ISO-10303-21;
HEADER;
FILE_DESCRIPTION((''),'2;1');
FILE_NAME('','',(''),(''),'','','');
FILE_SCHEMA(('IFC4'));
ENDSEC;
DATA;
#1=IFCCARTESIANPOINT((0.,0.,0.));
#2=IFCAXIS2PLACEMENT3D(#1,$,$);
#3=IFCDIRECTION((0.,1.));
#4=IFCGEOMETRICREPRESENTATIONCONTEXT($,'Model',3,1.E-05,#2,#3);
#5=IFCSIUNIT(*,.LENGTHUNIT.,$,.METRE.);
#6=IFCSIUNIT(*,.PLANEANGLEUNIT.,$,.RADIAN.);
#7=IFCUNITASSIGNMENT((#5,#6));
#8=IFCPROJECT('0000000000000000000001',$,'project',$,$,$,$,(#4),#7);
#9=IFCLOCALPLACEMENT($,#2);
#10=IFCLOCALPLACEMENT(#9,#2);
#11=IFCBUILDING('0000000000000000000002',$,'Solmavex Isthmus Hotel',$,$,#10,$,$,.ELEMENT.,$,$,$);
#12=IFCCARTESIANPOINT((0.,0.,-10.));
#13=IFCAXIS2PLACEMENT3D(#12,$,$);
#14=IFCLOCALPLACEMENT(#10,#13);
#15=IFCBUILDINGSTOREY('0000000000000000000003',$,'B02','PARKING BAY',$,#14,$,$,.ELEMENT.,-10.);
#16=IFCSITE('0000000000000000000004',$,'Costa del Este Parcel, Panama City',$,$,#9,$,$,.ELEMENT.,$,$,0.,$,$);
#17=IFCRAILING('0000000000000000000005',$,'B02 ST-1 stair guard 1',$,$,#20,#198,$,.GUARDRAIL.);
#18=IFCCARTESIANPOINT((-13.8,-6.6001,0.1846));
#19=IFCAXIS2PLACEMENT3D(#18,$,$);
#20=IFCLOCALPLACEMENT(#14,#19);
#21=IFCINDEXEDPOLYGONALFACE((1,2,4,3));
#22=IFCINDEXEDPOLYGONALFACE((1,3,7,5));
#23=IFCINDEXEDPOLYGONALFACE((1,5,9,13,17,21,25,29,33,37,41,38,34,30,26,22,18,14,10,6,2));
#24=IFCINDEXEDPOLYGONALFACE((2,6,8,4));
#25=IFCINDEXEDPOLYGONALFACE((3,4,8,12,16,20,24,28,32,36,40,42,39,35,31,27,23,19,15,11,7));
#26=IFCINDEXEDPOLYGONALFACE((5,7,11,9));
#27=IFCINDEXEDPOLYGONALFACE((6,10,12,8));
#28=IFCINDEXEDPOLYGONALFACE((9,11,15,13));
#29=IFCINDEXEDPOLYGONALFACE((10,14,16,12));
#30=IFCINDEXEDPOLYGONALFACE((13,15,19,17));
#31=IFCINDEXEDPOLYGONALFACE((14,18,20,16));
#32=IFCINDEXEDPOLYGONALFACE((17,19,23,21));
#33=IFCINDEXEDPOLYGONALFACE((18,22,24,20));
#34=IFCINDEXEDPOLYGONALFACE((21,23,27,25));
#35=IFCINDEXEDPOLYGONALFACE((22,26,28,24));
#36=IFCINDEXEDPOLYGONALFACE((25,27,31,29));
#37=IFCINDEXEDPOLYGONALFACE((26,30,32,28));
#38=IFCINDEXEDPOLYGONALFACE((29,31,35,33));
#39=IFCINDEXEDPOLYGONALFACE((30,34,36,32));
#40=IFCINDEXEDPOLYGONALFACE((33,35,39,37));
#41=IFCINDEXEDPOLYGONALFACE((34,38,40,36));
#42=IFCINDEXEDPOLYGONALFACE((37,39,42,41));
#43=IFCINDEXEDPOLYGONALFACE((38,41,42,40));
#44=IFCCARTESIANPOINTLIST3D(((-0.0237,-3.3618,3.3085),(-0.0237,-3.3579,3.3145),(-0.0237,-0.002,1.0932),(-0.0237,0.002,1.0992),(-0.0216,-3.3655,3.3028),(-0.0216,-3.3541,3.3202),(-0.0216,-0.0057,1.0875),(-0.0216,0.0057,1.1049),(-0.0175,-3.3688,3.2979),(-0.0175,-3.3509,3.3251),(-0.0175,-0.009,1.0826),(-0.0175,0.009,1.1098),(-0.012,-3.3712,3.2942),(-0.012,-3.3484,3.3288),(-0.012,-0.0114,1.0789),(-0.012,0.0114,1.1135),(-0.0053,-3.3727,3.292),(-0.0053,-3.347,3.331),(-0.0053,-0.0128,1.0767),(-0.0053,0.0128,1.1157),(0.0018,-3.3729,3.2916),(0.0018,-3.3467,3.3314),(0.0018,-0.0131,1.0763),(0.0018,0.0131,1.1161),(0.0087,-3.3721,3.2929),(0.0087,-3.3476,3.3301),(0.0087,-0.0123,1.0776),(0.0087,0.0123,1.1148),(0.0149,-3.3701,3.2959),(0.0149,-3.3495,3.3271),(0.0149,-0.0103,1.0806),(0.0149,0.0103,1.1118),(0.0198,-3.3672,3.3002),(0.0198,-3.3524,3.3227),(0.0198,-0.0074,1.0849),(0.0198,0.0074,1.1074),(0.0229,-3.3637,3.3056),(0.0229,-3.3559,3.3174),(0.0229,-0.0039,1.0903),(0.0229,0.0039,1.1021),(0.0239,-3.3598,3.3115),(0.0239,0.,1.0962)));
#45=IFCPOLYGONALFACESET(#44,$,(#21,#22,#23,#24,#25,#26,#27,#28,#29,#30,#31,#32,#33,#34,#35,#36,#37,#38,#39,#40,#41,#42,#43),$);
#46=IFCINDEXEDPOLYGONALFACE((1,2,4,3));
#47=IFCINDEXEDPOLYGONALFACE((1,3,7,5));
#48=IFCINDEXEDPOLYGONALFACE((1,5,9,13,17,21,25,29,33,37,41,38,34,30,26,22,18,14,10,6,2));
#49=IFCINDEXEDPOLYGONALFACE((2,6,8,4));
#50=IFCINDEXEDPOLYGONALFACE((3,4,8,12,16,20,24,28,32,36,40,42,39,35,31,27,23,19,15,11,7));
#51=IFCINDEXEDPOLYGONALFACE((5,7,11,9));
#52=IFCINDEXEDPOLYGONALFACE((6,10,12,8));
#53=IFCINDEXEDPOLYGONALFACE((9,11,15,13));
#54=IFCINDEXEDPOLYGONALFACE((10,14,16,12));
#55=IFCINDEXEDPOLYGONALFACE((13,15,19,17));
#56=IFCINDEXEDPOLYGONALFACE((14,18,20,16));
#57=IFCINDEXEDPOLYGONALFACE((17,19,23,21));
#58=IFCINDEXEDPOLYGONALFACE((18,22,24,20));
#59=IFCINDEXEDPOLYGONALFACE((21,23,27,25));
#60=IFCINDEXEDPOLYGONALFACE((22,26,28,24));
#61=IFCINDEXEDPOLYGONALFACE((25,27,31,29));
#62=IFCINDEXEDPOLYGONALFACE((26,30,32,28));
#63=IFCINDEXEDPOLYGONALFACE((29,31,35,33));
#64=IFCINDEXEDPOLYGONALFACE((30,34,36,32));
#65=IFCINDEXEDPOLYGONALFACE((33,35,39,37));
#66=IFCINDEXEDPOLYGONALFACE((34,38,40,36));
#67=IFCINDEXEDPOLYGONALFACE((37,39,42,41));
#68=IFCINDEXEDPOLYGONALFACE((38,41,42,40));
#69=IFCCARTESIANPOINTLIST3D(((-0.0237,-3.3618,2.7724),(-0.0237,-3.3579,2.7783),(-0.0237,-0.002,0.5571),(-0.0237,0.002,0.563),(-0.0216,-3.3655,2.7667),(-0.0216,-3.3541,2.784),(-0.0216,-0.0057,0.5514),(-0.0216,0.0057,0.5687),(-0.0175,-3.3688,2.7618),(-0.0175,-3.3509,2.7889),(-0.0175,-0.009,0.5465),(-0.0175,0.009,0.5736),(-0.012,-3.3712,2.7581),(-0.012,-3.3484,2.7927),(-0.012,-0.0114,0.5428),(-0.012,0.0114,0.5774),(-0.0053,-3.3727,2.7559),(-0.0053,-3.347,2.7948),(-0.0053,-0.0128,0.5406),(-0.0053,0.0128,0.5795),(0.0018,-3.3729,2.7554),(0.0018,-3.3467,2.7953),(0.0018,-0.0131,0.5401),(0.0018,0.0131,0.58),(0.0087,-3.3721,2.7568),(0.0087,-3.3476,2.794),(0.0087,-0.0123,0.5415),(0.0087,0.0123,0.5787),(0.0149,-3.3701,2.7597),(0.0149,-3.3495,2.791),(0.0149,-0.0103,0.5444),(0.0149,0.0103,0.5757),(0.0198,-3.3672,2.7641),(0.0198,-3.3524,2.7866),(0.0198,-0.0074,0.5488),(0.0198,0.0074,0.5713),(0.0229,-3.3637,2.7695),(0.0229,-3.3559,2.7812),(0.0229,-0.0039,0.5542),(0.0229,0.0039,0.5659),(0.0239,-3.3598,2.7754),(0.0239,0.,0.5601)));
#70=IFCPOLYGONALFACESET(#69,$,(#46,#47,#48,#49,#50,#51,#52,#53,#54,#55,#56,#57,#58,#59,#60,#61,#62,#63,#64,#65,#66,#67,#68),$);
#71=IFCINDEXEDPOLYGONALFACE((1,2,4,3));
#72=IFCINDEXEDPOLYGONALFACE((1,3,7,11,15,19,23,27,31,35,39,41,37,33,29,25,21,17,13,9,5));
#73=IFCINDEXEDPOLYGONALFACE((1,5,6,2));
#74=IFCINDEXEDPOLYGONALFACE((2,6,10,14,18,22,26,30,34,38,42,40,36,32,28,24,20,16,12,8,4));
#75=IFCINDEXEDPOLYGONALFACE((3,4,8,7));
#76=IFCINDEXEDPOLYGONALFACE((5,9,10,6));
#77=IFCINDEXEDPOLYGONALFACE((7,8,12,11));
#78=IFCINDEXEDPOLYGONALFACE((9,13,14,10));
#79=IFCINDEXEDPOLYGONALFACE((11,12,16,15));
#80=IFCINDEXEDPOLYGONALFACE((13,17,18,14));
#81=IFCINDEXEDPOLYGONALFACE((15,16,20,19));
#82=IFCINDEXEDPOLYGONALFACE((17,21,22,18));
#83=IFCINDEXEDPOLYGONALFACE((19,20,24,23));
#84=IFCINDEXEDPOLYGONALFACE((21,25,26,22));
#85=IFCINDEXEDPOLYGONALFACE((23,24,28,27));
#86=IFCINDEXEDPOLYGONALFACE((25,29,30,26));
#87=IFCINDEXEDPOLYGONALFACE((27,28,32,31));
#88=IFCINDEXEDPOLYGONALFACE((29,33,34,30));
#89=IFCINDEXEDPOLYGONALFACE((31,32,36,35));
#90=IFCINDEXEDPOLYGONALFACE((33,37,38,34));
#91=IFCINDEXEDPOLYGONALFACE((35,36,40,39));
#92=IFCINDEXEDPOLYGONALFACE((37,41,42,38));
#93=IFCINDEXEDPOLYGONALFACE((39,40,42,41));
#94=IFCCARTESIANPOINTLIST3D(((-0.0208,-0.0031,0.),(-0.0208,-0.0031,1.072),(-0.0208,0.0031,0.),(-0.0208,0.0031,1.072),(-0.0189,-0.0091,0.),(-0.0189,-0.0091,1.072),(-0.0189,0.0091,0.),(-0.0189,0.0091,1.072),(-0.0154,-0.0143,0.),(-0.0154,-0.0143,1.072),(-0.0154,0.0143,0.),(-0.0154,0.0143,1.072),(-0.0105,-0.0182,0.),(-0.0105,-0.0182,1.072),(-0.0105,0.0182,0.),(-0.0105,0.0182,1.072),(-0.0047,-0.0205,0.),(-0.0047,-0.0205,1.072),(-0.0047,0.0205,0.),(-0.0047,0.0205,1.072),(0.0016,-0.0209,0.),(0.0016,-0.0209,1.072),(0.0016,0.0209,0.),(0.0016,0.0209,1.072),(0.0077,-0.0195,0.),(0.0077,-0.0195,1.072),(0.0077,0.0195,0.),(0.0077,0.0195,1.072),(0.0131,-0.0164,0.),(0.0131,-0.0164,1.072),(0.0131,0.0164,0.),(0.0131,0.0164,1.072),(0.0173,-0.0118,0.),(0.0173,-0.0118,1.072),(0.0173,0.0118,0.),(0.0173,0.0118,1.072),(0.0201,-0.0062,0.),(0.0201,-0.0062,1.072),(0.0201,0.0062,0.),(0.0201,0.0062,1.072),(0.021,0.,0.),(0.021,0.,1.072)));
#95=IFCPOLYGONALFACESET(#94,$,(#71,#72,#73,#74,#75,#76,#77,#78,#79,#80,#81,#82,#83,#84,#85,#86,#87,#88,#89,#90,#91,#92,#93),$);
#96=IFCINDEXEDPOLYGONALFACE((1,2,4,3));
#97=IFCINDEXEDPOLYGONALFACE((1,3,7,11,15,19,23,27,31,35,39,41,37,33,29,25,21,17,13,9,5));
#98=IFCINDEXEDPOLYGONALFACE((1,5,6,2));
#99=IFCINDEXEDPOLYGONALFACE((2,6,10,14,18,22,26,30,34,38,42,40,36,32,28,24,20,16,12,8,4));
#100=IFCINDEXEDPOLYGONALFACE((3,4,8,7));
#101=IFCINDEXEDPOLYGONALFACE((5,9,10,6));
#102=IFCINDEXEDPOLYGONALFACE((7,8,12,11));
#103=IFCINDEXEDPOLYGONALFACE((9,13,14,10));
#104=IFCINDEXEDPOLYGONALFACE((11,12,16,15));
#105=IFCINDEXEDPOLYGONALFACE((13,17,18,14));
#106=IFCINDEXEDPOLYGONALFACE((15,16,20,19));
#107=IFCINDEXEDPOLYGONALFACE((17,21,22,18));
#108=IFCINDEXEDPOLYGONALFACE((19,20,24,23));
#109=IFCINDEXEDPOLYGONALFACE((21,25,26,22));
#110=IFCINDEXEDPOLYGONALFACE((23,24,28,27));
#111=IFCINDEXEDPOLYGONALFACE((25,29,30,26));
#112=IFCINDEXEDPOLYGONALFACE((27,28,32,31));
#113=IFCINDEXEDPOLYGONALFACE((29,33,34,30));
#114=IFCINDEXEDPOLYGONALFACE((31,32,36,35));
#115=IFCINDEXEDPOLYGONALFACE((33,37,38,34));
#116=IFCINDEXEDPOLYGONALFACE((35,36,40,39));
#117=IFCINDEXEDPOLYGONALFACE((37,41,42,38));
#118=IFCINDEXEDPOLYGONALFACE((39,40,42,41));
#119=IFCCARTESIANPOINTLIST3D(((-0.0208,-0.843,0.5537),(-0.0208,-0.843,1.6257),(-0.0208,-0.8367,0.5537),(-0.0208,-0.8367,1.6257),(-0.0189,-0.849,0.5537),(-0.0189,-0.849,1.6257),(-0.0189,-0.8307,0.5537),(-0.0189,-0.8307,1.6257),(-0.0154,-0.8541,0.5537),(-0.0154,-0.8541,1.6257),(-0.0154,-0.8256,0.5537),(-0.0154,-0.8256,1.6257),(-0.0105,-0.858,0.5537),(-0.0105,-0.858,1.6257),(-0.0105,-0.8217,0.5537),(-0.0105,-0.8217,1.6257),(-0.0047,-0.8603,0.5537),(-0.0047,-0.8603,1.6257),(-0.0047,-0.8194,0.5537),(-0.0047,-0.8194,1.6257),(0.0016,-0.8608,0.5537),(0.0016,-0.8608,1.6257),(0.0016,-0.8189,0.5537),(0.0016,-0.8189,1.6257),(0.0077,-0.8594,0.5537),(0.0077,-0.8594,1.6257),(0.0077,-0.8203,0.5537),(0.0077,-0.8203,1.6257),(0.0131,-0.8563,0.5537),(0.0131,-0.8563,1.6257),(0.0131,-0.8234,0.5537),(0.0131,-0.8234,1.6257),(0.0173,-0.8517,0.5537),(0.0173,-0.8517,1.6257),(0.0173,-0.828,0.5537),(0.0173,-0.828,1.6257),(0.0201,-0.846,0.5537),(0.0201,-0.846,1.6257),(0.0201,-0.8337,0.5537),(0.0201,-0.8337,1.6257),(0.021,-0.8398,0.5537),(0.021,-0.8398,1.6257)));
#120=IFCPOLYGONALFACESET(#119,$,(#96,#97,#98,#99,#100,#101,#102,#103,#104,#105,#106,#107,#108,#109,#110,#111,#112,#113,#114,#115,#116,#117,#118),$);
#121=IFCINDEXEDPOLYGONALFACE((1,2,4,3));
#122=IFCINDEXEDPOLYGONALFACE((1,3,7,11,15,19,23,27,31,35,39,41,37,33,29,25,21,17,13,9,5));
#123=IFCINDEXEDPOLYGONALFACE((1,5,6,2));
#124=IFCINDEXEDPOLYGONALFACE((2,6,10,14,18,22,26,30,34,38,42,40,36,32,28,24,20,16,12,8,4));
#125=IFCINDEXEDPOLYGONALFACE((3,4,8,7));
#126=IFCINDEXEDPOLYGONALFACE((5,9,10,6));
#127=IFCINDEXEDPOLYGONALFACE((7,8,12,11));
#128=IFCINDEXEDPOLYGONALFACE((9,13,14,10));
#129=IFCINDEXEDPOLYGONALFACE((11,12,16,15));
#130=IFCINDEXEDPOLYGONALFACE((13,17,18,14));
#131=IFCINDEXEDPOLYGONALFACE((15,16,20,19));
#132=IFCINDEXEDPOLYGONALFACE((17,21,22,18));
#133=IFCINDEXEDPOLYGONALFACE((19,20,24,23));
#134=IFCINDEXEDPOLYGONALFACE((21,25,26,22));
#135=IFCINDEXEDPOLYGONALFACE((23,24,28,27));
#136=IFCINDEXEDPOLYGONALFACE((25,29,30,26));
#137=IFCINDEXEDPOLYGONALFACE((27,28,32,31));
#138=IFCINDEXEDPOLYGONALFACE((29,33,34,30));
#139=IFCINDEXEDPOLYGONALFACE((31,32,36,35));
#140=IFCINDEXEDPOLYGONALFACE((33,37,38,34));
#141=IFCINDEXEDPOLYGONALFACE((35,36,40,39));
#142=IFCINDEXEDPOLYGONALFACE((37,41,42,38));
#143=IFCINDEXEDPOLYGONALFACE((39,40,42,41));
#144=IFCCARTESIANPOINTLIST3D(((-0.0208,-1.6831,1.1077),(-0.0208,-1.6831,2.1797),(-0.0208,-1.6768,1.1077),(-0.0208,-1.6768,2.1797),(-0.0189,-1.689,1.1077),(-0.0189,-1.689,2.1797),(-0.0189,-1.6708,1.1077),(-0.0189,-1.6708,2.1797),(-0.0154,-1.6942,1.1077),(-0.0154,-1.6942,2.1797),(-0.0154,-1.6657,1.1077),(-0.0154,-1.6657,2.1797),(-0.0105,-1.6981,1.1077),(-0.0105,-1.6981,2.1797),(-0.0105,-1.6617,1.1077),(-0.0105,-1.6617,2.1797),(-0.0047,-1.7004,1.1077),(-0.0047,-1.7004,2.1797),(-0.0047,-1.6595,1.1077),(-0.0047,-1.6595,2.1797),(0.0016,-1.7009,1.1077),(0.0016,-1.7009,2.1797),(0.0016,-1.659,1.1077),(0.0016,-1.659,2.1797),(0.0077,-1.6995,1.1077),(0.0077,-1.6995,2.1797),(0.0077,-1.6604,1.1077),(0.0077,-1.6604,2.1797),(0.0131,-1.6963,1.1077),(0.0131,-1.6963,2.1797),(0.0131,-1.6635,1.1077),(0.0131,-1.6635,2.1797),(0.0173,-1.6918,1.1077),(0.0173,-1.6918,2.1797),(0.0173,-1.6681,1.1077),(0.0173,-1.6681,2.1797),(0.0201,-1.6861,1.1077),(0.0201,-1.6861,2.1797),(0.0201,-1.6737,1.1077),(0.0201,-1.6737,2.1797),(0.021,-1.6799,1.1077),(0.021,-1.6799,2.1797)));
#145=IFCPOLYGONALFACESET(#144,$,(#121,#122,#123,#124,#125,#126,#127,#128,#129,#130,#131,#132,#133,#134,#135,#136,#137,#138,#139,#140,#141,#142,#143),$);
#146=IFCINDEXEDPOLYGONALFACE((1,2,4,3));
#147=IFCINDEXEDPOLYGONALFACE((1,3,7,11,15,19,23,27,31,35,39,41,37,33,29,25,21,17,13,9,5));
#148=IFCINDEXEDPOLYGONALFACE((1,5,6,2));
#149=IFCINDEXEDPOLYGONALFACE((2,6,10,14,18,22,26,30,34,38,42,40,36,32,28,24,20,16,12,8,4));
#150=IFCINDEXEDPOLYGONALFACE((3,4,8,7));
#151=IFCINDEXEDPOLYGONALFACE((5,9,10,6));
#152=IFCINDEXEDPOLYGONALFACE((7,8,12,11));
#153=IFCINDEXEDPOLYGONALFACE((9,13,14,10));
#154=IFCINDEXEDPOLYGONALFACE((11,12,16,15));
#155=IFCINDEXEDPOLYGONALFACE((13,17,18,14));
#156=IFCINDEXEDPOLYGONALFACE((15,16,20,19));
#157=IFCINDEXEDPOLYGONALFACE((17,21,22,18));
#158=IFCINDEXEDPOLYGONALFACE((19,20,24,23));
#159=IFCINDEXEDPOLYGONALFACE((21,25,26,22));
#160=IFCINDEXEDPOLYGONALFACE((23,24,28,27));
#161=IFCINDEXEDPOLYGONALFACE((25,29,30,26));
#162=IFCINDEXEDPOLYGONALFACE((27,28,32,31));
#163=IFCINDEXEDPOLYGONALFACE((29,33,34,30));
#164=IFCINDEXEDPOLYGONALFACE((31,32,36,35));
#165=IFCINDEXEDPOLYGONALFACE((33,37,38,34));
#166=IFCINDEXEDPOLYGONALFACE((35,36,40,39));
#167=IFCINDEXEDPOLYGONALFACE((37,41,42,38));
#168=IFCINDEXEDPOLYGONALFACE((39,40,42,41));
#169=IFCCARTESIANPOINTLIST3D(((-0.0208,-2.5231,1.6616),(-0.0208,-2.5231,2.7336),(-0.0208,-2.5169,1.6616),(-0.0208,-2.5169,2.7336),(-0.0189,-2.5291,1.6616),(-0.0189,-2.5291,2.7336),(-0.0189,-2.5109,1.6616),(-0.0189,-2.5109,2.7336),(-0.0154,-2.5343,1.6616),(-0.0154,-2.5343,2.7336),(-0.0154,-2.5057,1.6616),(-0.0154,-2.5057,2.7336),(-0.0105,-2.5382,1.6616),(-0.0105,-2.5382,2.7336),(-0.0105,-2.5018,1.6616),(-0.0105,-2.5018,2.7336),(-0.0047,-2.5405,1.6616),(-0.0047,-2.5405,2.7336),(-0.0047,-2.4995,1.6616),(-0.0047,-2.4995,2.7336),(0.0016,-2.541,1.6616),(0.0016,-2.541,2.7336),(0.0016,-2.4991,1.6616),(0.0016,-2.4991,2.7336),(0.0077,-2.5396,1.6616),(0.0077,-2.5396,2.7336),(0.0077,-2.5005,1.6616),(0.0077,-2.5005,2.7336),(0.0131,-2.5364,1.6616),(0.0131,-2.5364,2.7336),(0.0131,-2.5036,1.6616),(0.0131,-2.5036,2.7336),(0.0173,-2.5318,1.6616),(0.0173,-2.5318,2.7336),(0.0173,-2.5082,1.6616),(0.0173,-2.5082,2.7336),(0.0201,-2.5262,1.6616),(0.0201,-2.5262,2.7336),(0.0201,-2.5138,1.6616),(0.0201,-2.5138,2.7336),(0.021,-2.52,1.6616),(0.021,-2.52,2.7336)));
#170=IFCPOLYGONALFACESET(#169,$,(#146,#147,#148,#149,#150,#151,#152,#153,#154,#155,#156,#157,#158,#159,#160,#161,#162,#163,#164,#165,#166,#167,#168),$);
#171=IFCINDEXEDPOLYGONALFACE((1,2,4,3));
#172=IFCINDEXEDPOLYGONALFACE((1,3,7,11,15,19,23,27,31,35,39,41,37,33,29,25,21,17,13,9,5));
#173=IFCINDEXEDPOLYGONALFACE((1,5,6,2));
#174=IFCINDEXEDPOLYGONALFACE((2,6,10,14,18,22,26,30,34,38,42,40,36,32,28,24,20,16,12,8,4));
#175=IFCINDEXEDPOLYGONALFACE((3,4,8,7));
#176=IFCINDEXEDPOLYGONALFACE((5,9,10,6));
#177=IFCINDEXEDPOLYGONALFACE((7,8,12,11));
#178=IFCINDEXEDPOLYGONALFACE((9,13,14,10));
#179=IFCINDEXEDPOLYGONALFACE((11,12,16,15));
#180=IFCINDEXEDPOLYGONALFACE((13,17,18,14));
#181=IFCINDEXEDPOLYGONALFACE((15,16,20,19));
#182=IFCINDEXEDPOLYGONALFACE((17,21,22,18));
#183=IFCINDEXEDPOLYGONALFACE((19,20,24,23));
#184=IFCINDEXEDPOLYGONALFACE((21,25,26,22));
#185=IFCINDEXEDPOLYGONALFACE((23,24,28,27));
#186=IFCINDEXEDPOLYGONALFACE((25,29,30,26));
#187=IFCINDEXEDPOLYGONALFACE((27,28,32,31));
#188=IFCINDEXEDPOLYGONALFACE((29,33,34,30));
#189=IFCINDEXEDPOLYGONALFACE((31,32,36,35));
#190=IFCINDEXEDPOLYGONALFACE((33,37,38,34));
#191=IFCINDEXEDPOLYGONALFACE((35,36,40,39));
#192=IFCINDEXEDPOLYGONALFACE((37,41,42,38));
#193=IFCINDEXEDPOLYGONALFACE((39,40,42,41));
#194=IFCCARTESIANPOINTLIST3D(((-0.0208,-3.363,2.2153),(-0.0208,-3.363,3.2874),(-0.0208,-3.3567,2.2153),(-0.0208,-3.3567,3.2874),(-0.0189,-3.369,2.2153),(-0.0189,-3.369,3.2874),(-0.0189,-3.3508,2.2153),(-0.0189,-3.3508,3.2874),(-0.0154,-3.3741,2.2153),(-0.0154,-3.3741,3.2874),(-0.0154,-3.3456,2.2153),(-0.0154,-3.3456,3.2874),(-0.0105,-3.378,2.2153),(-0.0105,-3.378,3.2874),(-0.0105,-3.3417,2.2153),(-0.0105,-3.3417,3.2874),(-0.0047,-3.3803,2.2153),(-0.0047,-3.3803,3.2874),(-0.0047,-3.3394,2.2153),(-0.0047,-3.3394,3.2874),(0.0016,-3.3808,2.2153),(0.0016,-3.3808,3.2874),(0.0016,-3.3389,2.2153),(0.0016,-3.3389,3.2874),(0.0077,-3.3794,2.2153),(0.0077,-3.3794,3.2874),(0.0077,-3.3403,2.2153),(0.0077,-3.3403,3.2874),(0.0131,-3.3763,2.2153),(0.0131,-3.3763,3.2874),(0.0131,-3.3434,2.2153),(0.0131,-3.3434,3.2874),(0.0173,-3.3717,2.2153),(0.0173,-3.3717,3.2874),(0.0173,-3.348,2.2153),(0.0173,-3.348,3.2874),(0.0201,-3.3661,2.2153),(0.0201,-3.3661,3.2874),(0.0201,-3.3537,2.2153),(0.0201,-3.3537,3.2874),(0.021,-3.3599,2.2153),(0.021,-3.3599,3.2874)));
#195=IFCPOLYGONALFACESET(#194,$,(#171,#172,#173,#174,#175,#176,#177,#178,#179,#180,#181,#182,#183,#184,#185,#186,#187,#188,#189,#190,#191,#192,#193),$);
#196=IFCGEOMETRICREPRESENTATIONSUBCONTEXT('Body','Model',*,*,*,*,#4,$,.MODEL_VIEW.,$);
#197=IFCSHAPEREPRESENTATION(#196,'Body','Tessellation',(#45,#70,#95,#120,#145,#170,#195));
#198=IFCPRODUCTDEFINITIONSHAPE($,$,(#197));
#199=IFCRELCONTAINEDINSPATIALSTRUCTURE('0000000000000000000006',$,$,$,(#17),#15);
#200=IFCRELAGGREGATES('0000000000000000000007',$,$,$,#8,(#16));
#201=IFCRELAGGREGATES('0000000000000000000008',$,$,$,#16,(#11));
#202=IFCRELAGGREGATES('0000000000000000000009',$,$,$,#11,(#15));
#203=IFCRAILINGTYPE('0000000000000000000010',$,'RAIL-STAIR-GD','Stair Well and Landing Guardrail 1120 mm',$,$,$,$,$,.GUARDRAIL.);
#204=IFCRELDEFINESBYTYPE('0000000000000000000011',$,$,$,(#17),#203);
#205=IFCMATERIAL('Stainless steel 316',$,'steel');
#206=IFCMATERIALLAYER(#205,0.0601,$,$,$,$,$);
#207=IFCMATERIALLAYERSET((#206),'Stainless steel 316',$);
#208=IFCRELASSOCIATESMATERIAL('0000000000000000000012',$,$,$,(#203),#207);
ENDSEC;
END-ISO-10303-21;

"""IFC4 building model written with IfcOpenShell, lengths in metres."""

from ifc_helpers import new_model, si_unit, direction, frame, origin, origin_2d, place, context, subcontext, project, spatial, circle, extrude, material, layer, layer_set, type_object, element, save


model = new_model("IFC4")

# Units and contexts
model_context = context("Model", 3, precision=1e-05, world=origin(), true_north=direction((0.0, 1.0)))
body_context = subcontext(model_context, "Body", "Model", "MODEL_VIEW")
ifc_project = project(units=[si_unit("LENGTHUNIT", "METRE"), si_unit("PLANEANGLEUNIT", "RADIAN")], contexts=[model_context])

# Site, building, storey
site_placement = place(None, origin())
site = spatial("IfcSite", under=ifc_project, at=site_placement, Name="Costa del Este Parcel, Panama City", CompositionType="ELEMENT", RefElevation=0.0)
building_placement = place(site_placement, origin())
building = spatial("IfcBuilding", under=site, at=building_placement, Name="Solmavex Isthmus Hotel", CompositionType="ELEMENT")
storey_placement = place(building_placement, frame((0.0, 0.0, -10.0)))
storey = spatial("IfcBuildingStorey", under=building, at=storey_placement, Name="B02", Description="PARKING BAY", CompositionType="ELEMENT", Elevation=-10.0)

# Shared definitions
ifc_material_1 = material(Name="Stainless steel 316", Category="steel")

# Railing
ifc_layer_1 = layer(ifc_material_1, 0.0601)
ifc_layer_set_1 = layer_set([ifc_layer_1], Name="Stainless steel 316")
railing_type_1 = type_object("IfcRailingType", Name="RAIL-STAIR-GD", Description="Stair Well and Landing Guardrail 1120 mm", PredefinedType="GUARDRAIL", material=ifc_layer_set_1)
railing_1_placement = place(storey_placement, frame((-13.8, -6.6001, 0.1846)))
element("IfcRailing", 1, at=railing_1_placement, inside=storey, type_object=railing_type_1, Name="B02 ST-1 stair guard 1", PredefinedType="GUARDRAIL", context=body_context, shape_type="SweptSolid", body=[
    extrude(circle(Radius=0.0239, at=origin_2d()), frame((0.0, 0.0, 1.0962), z_axis=(0.0, -0.834858, 0.550465), x_axis=(1.0, 0.0, 0.0)), (0.0, 0.0, 1.0), 4.0244),
    extrude(circle(Radius=0.0239, at=origin_2d()), frame((0.0, 0.0, 0.5601), z_axis=(0.0, -0.834858, 0.550465), x_axis=(1.0, 0.0, 0.0)), (0.0, 0.0, 1.0), 4.0244),
    extrude(circle(Radius=0.021, at=origin_2d()), origin(), (0.0, 0.0, 1.0), 1.072),
    extrude(circle(Radius=0.021, at=origin_2d()), frame((0.0, -0.8398, 0.5537)), (0.0, 0.0, 1.0), 1.072),
    extrude(circle(Radius=0.021, at=origin_2d()), frame((0.0, -1.6799, 1.1077)), (0.0, 0.0, 1.0), 1.072),
    extrude(circle(Radius=0.021, at=origin_2d()), frame((0.0, -2.52, 1.6616)), (0.0, 0.0, 1.0), 1.072),
    extrude(circle(Radius=0.021, at=origin_2d()), frame((0.0, -3.3599, 2.2153)), (0.0, 0.0, 1.0), 1.072),
])

save(model, "model.ifc")
